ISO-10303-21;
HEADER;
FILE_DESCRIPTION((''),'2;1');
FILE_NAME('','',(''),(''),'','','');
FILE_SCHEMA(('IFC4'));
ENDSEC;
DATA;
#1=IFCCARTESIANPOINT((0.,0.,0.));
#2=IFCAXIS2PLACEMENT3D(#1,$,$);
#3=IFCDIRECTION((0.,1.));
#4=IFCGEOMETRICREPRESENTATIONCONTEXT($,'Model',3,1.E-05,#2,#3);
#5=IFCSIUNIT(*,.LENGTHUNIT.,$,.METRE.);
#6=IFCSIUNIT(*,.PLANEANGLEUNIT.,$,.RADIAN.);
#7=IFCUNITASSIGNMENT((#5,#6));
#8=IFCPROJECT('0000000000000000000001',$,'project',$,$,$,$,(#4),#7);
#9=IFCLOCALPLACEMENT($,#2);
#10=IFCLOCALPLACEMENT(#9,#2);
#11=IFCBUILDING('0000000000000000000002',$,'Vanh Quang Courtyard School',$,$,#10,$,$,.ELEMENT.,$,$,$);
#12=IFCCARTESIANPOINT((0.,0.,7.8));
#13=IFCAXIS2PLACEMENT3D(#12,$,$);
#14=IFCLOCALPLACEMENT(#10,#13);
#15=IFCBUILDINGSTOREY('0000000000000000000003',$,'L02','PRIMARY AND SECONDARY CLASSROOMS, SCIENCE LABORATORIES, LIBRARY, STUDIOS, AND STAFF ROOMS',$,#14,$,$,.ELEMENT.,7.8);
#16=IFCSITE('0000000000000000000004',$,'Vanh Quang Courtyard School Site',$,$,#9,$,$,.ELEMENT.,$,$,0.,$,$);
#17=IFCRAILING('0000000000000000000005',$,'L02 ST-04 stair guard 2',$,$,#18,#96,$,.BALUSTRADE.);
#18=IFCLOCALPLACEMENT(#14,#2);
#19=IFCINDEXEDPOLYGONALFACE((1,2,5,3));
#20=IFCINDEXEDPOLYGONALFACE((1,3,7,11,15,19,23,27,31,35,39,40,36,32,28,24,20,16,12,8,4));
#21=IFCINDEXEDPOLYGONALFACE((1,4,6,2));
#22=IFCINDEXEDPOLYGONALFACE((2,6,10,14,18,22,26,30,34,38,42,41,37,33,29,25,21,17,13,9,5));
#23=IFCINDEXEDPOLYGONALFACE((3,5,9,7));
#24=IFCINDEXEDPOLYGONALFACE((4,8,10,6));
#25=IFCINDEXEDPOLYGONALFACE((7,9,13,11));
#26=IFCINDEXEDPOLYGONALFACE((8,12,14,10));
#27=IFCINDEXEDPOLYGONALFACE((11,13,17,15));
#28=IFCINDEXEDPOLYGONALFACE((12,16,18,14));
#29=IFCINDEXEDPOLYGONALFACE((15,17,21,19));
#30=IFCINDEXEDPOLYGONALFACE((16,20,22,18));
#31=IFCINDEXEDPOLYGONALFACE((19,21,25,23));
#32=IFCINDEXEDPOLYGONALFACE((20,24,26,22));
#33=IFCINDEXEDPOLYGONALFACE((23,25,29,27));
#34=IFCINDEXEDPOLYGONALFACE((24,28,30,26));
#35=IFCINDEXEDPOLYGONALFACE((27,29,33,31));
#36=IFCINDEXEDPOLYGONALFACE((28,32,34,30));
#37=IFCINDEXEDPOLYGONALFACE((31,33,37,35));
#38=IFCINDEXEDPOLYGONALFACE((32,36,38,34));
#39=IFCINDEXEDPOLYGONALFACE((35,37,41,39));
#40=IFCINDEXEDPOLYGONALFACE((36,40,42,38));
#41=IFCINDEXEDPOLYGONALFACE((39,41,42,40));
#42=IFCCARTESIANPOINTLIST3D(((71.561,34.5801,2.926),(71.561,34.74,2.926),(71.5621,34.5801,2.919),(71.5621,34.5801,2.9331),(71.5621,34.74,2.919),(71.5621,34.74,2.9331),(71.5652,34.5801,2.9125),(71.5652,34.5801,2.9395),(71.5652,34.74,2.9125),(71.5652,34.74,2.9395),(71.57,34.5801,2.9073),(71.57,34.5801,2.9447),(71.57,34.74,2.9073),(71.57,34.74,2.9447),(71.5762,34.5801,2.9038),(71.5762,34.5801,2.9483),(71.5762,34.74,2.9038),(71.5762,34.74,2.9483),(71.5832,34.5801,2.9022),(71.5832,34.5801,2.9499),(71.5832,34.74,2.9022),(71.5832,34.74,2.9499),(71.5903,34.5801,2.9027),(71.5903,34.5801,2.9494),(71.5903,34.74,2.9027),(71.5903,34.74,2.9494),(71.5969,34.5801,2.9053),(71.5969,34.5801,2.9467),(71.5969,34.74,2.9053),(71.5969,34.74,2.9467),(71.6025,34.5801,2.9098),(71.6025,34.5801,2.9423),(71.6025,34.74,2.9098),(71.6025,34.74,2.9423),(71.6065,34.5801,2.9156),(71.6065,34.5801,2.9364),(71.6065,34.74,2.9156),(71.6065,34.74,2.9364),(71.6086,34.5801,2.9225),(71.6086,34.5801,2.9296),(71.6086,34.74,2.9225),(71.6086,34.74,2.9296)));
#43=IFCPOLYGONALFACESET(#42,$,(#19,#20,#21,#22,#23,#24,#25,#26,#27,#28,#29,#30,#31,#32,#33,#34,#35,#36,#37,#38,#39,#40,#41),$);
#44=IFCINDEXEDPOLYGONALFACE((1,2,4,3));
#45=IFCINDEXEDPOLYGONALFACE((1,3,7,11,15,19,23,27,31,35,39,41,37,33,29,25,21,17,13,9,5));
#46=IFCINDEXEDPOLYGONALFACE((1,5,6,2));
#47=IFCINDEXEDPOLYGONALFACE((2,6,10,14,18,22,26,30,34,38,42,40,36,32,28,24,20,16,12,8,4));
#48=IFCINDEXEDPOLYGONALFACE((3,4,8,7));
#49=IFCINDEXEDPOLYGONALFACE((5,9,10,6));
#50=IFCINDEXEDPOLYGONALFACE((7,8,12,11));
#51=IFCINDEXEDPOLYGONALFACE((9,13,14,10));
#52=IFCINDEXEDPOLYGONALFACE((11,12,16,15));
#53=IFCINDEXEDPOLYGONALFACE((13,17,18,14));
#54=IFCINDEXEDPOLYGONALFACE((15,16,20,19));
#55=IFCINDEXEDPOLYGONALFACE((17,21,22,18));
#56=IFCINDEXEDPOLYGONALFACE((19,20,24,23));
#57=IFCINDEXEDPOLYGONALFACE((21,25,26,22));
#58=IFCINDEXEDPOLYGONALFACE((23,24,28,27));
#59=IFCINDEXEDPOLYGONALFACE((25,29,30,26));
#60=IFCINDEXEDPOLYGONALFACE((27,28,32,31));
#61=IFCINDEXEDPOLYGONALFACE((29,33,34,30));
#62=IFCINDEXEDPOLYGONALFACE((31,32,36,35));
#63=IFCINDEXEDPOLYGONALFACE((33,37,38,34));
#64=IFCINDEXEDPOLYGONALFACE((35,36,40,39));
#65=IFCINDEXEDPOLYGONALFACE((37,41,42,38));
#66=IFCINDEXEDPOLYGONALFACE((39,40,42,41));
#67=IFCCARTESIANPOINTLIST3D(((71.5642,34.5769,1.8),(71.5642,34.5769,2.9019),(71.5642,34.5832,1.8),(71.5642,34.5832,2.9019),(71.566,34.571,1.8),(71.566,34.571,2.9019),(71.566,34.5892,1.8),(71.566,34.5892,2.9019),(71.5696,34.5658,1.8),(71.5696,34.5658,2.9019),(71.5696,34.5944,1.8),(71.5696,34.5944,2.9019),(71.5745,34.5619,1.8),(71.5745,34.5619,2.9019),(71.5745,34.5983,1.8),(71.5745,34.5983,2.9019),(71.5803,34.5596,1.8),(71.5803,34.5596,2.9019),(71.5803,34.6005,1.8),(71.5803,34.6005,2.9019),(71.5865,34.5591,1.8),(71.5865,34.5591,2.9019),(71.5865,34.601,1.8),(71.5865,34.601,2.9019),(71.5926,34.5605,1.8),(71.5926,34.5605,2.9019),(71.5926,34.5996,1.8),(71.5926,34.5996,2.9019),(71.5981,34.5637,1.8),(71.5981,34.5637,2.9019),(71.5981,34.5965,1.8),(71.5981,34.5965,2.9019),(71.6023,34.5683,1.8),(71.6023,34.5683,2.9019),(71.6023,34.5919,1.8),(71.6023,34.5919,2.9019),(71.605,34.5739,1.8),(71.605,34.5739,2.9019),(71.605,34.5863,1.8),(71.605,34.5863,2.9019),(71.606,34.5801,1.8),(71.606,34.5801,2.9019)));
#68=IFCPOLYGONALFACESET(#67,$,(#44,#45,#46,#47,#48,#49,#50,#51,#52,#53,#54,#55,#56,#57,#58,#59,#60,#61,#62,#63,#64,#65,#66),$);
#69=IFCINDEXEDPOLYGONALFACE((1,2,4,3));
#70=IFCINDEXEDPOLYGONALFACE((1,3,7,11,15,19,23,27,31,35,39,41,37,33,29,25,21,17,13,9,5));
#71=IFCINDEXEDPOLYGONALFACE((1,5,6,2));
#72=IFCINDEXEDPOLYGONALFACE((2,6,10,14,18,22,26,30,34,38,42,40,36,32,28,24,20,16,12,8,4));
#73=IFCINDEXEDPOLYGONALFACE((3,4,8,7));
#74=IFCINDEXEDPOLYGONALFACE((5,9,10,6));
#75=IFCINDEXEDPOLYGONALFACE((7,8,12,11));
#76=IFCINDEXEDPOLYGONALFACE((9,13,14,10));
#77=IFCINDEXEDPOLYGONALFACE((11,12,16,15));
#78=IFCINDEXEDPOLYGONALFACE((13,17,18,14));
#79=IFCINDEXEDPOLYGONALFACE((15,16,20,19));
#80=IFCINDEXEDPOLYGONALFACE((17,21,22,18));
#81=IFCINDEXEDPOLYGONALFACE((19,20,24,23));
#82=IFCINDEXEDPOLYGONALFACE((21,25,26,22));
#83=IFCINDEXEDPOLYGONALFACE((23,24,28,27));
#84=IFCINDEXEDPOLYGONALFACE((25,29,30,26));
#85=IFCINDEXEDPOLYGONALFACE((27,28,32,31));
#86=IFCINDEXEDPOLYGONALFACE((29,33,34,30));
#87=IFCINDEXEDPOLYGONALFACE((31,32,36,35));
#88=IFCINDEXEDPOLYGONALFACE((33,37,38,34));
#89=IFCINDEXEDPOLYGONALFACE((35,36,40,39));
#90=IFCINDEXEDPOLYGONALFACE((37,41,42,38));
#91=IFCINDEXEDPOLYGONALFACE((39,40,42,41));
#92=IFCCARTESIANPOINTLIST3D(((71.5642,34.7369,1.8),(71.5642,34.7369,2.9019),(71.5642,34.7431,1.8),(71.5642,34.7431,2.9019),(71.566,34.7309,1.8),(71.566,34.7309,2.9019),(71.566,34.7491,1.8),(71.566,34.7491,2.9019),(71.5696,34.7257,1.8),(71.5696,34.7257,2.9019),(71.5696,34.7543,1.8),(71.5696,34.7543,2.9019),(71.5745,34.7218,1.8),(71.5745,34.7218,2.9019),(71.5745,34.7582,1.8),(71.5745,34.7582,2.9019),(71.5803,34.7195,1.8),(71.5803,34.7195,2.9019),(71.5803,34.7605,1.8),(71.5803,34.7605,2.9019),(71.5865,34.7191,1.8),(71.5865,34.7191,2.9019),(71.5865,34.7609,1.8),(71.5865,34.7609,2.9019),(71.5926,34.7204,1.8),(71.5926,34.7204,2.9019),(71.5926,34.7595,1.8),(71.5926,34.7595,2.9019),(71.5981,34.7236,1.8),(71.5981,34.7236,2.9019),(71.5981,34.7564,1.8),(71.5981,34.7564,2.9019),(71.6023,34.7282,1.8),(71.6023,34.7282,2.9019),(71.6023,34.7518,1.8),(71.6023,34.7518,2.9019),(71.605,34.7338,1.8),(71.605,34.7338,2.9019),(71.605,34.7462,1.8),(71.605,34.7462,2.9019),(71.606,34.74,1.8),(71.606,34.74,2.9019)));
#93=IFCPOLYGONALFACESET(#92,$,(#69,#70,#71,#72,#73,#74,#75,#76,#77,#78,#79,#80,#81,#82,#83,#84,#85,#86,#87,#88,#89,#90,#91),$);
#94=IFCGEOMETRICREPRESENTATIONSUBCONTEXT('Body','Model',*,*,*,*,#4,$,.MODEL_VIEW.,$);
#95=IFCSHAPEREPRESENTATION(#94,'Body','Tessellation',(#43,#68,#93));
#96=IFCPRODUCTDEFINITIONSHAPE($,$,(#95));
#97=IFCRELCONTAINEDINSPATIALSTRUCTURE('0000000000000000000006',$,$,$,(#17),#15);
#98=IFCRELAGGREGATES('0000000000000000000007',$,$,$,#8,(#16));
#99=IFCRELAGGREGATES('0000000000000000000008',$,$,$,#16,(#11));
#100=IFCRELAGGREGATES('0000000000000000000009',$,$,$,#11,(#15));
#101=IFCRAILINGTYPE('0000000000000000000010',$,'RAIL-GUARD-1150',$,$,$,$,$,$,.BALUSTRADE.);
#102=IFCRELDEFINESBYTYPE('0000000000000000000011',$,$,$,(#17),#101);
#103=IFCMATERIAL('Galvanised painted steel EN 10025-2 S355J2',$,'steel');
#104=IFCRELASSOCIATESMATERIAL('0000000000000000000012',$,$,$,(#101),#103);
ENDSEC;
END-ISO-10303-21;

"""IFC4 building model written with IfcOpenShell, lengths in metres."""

from ifc_helpers import new_model, si_unit, direction, frame, origin, origin_2d, place, context, subcontext, project, spatial, circle, extrude, material, type_object, element, save


model = new_model("IFC4")

# Units and contexts
model_context = context("Model", 3, precision=1e-05, world=origin(), true_north=direction((0.0, 1.0)))
body_context = subcontext(model_context, "Body", "Model", "MODEL_VIEW")
ifc_project = project(units=[si_unit("LENGTHUNIT", "METRE"), si_unit("PLANEANGLEUNIT", "RADIAN")], contexts=[model_context])

# Site, building, storey
site_placement = place(None, origin())
site = spatial("IfcSite", under=ifc_project, at=site_placement, Name="Vanh Quang Courtyard School Site", CompositionType="ELEMENT", RefElevation=0.0)
building_placement = place(site_placement, origin())
building = spatial("IfcBuilding", under=site, at=building_placement, Name="Vanh Quang Courtyard School", CompositionType="ELEMENT")
storey_placement = place(building_placement, frame((0.0, 0.0, 7.8)))
storey = spatial("IfcBuildingStorey", under=building, at=storey_placement, Name="L02", Description="PRIMARY AND SECONDARY CLASSROOMS, SCIENCE LABORATORIES, LIBRARY, STUDIOS, AND STAFF ROOMS", CompositionType="ELEMENT", Elevation=7.8)

# Railing
ifc_material_1 = material(Name="Galvanised painted steel EN 10025-2 S355J2", Category="steel")
railing_type_1 = type_object("IfcRailingType", Name="RAIL-GUARD-1150", PredefinedType="BALUSTRADE", material=ifc_material_1)
railing_1_placement = place(storey_placement, frame((71.585, 34.5801, 1.8)))
element("IfcRailing", 1, at=railing_1_placement, inside=storey, type_object=railing_type_1, Name="L02 ST-04 stair guard 2", PredefinedType="BALUSTRADE", context=body_context, shape_type="SweptSolid", body=[
    extrude(circle(Radius=0.0239, at=origin_2d()), frame((0.0, 0.0, 1.126), z_axis=(0.0, 1.0, 0.0), x_axis=(-1.0, 0.0, 0.0)), (0.0, 0.0, 1.0), 0.1599),
    extrude(circle(Radius=0.021, at=origin_2d()), origin(), (0.0, 0.0, 1.0), 1.1018),
    extrude(circle(Radius=0.021, at=origin_2d()), frame((0.0, 0.1599, 0.0)), (0.0, 0.0, 1.0), 1.1018),
])

save(model, "model.ifc")
